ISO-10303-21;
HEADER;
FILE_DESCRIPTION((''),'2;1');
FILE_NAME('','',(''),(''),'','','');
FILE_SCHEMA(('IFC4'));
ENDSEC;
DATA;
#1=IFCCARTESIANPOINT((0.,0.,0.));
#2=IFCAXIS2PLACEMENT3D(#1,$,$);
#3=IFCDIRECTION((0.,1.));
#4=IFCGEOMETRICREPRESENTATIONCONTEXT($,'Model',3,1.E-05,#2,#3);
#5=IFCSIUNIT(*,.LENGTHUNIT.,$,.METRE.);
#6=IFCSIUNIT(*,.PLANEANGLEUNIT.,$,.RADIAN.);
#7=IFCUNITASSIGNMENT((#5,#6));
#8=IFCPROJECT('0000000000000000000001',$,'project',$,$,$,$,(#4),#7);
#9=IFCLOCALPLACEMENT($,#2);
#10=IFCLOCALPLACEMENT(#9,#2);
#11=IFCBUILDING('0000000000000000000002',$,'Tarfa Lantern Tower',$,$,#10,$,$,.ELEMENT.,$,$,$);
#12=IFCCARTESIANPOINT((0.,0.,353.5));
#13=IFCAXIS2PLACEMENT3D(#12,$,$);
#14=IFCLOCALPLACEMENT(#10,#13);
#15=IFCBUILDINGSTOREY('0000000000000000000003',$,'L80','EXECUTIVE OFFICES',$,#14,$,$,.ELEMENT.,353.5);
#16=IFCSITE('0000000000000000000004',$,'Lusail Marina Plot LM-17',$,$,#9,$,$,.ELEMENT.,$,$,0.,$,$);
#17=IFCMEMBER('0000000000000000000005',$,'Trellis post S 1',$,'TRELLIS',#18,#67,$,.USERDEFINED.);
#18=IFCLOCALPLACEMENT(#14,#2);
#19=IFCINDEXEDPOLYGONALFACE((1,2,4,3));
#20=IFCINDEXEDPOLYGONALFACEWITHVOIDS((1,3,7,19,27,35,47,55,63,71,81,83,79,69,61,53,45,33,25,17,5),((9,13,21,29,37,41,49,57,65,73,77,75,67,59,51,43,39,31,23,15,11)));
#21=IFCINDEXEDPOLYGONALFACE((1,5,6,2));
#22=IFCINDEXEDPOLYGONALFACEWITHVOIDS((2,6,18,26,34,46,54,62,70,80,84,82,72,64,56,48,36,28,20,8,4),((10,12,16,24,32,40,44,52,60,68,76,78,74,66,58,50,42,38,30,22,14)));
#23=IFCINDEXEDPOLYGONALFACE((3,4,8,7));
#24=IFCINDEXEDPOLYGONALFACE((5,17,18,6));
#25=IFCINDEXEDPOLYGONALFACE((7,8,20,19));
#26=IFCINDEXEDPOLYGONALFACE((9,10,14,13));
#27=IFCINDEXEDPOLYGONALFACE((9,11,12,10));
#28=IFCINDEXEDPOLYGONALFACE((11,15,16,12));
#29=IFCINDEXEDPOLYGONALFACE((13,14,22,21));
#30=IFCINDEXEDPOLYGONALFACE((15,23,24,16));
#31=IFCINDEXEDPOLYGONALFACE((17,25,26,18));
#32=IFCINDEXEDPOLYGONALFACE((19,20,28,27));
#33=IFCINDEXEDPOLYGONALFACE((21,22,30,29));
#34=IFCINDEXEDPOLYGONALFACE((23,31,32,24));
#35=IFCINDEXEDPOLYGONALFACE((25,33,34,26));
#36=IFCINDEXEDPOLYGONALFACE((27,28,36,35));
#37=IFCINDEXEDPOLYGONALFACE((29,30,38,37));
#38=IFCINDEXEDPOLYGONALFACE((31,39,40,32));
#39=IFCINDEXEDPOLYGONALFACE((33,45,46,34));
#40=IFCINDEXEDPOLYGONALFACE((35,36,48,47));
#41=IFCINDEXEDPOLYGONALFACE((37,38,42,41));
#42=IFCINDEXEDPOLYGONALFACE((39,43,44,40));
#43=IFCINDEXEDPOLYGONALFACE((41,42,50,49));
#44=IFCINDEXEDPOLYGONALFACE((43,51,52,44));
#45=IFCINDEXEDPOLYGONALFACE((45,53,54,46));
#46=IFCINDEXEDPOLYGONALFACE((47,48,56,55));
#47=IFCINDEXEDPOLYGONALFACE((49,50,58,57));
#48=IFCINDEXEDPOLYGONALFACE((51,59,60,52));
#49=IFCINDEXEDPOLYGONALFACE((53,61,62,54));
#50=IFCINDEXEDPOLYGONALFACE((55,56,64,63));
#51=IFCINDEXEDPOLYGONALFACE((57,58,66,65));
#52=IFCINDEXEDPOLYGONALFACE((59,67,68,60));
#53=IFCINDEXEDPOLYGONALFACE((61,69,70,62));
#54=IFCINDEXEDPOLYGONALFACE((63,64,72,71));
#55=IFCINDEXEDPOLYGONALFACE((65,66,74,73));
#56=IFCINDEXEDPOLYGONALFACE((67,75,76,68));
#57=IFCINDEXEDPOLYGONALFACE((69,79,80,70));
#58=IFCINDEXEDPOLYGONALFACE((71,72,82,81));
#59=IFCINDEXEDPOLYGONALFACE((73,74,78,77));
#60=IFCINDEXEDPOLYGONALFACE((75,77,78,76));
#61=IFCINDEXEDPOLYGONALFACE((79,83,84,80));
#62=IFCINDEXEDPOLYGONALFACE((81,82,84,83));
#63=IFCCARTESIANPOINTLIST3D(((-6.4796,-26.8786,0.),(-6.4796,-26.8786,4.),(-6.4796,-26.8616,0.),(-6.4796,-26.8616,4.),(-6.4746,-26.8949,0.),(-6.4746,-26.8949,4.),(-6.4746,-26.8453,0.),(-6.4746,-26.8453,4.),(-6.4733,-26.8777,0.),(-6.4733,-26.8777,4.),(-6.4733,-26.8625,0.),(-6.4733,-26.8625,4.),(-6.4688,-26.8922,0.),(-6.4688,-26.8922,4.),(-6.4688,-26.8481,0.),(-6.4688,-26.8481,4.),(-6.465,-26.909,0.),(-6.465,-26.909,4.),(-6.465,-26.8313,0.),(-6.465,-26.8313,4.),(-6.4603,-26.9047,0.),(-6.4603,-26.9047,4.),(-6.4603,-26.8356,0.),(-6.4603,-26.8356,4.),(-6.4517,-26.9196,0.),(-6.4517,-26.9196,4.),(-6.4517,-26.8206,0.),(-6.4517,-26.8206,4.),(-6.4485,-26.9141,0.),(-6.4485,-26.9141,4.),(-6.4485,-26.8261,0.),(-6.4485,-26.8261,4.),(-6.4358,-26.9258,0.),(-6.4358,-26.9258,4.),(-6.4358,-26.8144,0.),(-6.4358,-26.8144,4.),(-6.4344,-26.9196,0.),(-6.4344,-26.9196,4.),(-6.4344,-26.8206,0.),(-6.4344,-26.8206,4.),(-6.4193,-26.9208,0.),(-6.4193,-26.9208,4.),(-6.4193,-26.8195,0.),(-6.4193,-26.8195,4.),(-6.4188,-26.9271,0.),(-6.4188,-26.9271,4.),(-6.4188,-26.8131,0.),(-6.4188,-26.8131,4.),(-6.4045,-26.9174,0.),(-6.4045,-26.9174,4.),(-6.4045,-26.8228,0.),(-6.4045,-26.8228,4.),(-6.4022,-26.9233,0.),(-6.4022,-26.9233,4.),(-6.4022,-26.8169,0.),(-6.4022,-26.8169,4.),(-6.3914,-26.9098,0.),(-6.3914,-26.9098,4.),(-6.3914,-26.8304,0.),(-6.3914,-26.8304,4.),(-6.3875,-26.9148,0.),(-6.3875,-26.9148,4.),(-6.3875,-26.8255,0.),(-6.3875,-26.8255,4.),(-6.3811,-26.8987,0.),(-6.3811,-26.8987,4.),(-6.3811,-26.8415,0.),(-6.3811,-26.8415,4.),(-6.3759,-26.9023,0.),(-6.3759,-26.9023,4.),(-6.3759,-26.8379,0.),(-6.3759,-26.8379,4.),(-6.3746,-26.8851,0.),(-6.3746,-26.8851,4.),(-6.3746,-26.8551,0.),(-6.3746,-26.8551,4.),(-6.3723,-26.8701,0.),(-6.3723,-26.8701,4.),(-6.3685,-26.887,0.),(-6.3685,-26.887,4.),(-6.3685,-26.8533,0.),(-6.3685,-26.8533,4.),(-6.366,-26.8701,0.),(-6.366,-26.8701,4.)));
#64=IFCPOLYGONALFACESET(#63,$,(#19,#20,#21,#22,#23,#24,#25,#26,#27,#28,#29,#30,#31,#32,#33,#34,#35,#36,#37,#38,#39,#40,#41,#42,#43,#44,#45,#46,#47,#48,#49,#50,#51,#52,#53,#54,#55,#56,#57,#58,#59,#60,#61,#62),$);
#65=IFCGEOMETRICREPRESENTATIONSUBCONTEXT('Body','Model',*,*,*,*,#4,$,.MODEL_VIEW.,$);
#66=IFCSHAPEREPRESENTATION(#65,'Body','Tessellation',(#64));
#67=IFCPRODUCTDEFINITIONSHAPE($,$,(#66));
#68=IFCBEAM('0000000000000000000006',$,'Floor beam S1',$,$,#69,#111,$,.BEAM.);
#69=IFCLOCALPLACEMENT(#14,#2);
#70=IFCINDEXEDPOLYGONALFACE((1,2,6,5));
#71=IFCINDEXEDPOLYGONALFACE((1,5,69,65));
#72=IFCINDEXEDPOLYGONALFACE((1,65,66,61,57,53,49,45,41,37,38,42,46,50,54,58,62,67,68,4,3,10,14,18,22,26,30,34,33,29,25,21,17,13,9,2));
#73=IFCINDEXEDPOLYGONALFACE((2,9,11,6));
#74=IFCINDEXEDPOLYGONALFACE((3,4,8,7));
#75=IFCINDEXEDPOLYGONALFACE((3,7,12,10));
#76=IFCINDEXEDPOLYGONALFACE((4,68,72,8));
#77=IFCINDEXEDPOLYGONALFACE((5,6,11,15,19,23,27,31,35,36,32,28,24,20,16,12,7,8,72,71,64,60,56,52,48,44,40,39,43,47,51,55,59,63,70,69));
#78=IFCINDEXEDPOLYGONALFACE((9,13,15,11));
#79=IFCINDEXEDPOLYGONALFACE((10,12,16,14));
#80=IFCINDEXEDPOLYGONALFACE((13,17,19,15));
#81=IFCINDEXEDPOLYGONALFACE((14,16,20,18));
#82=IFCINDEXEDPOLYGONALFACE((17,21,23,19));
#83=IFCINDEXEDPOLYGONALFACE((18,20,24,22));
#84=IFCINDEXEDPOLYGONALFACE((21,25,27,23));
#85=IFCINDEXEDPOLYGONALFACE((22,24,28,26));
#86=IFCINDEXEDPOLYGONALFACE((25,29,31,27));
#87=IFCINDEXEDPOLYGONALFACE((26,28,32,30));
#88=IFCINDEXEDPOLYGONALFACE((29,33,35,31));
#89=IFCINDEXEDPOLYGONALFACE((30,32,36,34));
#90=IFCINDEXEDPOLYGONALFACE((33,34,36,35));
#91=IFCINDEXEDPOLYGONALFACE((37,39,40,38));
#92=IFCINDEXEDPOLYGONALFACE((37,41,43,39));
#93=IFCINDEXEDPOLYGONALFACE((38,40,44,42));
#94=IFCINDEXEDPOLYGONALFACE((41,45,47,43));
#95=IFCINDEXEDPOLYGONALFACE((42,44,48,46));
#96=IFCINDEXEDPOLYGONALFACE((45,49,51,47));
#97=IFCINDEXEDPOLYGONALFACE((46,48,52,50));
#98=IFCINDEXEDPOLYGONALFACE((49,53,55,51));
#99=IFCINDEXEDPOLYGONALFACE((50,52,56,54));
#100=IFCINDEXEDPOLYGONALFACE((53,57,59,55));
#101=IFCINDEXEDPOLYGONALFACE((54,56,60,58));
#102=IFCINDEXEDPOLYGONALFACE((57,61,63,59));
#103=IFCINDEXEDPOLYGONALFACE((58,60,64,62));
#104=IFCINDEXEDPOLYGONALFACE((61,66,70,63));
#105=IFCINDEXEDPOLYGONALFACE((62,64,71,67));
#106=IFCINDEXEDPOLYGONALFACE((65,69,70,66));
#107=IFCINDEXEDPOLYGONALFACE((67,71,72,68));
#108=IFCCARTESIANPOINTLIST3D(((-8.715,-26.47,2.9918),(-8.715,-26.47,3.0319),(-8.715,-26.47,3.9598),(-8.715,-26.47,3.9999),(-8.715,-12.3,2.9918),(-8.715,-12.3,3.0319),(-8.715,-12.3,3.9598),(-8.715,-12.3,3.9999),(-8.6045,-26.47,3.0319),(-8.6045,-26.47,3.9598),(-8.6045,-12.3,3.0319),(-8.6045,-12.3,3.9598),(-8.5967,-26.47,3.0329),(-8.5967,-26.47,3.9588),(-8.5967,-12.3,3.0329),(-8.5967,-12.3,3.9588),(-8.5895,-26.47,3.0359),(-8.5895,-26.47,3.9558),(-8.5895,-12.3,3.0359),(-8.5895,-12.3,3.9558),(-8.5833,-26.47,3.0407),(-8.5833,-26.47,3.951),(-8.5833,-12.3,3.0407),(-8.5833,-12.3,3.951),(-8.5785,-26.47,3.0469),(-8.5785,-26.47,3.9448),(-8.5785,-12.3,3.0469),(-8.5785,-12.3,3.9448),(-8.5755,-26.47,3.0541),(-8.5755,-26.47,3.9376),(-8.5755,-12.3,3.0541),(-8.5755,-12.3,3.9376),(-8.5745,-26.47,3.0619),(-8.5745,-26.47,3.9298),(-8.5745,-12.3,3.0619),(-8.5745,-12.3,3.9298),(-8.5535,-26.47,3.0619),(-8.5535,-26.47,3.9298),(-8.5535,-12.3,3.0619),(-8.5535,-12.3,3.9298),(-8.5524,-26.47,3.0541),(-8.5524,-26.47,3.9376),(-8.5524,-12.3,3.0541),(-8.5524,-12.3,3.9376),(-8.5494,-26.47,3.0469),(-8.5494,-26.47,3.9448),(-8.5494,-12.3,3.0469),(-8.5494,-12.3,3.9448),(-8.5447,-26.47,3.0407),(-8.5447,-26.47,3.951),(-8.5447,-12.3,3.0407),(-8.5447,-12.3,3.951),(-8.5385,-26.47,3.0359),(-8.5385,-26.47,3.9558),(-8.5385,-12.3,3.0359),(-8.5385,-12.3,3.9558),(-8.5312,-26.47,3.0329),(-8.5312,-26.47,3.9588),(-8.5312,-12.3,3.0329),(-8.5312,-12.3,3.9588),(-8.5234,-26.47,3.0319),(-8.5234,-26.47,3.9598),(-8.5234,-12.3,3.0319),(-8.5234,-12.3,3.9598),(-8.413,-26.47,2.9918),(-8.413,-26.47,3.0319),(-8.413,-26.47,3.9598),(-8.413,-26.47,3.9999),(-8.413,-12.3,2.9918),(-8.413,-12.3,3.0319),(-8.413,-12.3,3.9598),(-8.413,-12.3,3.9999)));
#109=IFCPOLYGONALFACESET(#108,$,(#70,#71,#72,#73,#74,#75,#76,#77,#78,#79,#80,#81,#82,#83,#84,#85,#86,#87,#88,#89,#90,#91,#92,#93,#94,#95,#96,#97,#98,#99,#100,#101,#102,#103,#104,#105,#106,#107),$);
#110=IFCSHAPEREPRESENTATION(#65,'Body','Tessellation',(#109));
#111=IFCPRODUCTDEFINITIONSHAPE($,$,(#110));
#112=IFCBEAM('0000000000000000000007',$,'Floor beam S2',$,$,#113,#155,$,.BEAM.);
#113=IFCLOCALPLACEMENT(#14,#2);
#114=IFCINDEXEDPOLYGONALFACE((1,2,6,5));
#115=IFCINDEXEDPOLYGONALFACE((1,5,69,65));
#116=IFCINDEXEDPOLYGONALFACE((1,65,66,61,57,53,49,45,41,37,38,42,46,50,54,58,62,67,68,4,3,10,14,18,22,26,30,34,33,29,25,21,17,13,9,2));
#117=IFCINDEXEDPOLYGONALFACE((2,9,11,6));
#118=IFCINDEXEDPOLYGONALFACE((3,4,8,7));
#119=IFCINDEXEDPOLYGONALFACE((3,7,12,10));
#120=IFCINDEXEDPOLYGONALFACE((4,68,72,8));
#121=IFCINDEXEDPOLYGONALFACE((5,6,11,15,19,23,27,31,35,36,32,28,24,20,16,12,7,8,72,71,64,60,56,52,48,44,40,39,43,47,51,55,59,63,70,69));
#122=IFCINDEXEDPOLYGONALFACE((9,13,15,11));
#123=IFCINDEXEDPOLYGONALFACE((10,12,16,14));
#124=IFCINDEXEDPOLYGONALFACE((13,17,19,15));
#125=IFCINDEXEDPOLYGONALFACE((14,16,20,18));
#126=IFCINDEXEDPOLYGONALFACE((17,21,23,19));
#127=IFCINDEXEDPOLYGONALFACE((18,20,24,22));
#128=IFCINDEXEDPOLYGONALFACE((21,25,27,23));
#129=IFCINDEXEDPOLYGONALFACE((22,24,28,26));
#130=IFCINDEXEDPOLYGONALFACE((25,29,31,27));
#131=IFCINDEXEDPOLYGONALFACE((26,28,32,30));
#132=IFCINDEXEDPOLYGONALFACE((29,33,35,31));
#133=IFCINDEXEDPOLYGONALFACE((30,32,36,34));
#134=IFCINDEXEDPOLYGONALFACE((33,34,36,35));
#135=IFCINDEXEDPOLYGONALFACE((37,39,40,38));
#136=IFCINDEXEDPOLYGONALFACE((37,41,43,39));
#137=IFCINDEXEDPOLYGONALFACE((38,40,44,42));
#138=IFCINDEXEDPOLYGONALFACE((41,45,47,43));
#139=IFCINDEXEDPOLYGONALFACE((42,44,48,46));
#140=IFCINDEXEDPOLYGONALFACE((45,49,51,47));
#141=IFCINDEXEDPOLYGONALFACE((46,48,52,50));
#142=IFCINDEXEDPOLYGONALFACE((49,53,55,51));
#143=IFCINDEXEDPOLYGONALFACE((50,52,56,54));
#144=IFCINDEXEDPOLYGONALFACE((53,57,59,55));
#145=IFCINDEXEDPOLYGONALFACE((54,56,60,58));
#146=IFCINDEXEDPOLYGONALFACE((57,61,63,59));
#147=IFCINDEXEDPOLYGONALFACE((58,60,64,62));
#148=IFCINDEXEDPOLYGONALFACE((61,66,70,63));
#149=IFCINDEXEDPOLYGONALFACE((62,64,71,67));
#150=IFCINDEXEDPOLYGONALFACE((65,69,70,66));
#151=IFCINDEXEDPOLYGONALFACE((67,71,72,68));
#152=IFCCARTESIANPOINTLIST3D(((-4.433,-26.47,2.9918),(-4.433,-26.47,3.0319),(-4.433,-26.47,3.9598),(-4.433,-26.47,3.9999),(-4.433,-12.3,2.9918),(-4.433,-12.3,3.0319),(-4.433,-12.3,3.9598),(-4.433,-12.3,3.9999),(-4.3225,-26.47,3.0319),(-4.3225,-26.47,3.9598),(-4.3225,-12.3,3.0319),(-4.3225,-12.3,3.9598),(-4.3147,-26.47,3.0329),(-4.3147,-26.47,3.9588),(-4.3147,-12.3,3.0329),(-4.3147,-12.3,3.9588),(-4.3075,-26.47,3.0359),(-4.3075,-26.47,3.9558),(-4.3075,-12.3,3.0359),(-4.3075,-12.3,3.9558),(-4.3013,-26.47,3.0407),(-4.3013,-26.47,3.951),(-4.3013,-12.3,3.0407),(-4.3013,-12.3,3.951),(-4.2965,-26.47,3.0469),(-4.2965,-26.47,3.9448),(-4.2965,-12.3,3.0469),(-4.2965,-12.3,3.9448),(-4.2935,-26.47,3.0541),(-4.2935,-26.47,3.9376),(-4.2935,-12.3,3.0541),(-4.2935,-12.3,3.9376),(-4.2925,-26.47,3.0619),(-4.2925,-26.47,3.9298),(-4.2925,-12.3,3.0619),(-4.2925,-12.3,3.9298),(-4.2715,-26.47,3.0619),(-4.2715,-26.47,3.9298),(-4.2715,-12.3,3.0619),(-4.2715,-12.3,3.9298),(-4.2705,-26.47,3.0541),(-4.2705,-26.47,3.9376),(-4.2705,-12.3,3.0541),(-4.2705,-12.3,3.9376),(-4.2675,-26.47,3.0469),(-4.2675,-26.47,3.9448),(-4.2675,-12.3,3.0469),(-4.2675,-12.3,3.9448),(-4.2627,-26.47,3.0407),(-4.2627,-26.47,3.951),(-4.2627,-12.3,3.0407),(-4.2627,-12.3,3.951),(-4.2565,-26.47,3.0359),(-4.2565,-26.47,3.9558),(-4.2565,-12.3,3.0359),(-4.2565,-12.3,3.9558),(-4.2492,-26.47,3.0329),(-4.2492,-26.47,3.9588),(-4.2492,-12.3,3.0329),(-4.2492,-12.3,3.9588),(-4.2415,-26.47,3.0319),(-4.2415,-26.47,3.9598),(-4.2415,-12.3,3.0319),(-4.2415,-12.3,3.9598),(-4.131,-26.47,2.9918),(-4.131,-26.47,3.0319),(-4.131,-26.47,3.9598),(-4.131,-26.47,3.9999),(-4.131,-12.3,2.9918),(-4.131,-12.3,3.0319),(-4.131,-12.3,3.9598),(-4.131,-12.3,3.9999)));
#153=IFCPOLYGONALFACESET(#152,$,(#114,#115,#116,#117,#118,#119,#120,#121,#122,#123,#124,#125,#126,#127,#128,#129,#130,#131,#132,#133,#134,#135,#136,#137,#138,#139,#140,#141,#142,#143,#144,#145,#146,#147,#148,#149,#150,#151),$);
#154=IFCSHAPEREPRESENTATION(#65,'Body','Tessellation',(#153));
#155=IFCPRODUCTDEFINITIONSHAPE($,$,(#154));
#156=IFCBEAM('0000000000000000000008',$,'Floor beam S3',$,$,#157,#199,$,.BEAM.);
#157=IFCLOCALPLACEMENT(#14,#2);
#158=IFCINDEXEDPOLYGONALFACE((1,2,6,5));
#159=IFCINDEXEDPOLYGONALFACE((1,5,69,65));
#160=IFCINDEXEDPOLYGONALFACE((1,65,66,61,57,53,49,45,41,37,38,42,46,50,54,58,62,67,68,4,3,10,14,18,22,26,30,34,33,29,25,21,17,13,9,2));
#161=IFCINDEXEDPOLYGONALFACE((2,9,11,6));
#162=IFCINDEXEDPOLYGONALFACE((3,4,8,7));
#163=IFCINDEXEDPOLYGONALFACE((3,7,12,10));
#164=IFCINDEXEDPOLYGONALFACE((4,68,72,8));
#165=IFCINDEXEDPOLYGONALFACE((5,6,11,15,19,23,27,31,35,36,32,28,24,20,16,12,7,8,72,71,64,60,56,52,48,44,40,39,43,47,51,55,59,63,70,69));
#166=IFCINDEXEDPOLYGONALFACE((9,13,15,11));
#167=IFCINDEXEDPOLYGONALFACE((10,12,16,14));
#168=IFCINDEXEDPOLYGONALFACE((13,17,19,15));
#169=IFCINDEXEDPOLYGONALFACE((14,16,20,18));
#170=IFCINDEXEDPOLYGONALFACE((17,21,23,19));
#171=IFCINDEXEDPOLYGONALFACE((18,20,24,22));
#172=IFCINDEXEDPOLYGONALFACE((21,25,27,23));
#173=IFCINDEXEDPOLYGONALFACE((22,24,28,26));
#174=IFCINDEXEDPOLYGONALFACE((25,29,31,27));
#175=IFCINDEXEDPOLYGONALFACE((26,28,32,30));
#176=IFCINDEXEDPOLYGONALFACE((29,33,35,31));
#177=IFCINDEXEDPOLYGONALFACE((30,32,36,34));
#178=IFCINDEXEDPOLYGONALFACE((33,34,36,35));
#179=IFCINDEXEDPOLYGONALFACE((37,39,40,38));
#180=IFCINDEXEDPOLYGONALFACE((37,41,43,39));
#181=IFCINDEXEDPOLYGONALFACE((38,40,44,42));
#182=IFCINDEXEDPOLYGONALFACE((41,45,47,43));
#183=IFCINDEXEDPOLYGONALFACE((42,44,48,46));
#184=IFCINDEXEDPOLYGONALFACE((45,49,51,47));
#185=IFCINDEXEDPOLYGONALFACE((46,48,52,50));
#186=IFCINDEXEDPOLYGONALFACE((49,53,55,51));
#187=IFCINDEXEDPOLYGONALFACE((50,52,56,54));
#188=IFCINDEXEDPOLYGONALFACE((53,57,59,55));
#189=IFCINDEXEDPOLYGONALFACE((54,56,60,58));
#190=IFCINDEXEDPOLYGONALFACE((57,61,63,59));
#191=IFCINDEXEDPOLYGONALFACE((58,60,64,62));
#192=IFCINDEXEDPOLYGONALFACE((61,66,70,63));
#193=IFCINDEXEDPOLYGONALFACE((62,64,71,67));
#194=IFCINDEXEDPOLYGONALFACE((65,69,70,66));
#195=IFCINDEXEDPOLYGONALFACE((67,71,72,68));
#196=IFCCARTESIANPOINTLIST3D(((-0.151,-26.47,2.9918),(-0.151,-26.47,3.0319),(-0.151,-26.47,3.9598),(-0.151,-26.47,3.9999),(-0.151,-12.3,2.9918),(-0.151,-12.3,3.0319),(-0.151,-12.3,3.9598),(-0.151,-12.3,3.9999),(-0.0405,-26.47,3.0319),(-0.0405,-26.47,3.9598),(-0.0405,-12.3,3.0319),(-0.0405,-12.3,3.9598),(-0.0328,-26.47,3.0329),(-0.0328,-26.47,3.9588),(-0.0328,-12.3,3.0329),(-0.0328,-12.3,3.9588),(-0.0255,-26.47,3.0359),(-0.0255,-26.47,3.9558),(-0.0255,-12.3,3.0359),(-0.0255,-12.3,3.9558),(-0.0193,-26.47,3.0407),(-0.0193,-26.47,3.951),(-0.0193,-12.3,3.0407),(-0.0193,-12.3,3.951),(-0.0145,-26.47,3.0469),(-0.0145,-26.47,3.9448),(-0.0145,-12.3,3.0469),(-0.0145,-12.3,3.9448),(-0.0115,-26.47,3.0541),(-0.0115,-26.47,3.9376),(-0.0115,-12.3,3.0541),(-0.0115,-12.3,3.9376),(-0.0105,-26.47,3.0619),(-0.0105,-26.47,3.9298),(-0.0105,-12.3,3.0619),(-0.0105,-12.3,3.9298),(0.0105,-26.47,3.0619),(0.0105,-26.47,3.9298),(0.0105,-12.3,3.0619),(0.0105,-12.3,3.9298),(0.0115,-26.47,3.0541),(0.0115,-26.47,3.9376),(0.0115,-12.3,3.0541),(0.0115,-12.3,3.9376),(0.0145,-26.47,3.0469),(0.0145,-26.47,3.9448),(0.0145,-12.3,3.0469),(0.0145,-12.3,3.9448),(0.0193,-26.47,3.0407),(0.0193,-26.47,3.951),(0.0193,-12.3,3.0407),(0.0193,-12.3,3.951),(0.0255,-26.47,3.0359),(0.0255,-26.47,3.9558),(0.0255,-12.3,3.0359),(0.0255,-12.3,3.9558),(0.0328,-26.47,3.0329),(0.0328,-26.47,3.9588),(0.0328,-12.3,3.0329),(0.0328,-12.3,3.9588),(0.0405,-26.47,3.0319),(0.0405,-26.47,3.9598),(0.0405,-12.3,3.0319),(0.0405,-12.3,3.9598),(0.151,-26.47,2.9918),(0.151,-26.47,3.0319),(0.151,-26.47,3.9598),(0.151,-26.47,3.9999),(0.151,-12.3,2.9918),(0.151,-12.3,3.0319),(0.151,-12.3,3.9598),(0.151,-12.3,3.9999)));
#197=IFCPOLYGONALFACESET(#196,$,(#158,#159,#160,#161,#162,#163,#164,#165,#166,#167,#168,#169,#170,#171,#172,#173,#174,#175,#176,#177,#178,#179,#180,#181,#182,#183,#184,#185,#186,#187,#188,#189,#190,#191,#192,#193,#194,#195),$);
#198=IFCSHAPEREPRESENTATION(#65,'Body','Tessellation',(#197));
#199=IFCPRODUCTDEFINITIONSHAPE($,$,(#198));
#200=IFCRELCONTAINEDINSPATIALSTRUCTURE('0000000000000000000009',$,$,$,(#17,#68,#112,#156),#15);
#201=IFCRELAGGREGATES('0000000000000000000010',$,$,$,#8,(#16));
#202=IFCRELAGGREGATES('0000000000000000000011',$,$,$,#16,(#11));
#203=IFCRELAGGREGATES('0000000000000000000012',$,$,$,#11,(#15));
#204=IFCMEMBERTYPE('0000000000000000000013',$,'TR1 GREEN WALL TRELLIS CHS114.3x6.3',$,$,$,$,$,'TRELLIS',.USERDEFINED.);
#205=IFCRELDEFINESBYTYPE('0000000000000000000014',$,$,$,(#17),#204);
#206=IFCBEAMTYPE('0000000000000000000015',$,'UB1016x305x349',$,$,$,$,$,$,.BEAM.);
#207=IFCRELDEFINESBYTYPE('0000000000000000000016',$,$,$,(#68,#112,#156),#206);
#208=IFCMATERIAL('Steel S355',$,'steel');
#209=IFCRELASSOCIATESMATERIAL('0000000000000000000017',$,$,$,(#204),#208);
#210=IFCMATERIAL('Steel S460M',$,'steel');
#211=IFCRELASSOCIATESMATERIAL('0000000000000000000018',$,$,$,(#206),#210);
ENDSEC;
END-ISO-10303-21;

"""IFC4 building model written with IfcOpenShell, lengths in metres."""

from ifc_helpers import new_model, si_unit, direction, frame, origin, origin_2d, place, context, subcontext, project, spatial, hollow_circle, i_section, extrude, material, material_profile, profile_set, type_object, element, save


model = new_model("IFC4")

# Units and contexts
model_context = context("Model", 3, precision=1e-05, world=origin(), true_north=direction((0.0, 1.0)))
body_context = subcontext(model_context, "Body", "Model", "MODEL_VIEW")
ifc_project = project(units=[si_unit("LENGTHUNIT", "METRE"), si_unit("PLANEANGLEUNIT", "RADIAN")], contexts=[model_context])

# Site, building, storey
site_placement = place(None, origin())
site = spatial("IfcSite", under=ifc_project, at=site_placement, Name="Lusail Marina Plot LM-17", CompositionType="ELEMENT", RefElevation=0.0)
building_placement = place(site_placement, origin())
building = spatial("IfcBuilding", under=site, at=building_placement, Name="Tarfa Lantern Tower", CompositionType="ELEMENT")
storey_placement = place(building_placement, frame((0.0, 0.0, 353.5)))
storey = spatial("IfcBuildingStorey", under=building, at=storey_placement, Name="L80", Description="EXECUTIVE OFFICES", CompositionType="ELEMENT", Elevation=353.5)

# Member
ifc_material_1 = material(Name="Steel S355", Category="steel")
ifc_material_profile_1 = material_profile(ifc_material_1, hollow_circle(Radius=0.0571, WallThickness=0.0063, at=origin_2d()), Name="CHS114.3x6.3")
ifc_profile_set_1 = profile_set([ifc_material_profile_1], Name="Steel S355")
member_type_1 = type_object("IfcMemberType", Name="TR1 GREEN WALL TRELLIS CHS114.3x6.3", ElementType="TRELLIS", PredefinedType="USERDEFINED", material=ifc_profile_set_1)
member_1_placement = place(storey_placement, frame((-6.4231, -26.8701, 0.0), z_axis=(0.0, 0.0, 1.0), x_axis=(1.0, 0.0, 0.0)))
element("IfcMember", 1, at=member_1_placement, inside=storey, type_object=member_type_1, Name="Trellis post S 1", ObjectType="TRELLIS", PredefinedType="USERDEFINED", context=body_context, shape_type="SweptSolid", body=[
    extrude(hollow_circle(Radius=0.0571, WallThickness=0.0063, at=origin_2d()), origin(), (0.0, 0.0, 1.0), 4.0),
])

# Beams
ifc_material_2 = material(Name="Steel S460M", Category="steel")
ifc_material_profile_2 = material_profile(ifc_material_2, i_section(OverallWidth=0.302, OverallDepth=1.0081, WebThickness=0.021, FlangeThickness=0.04, FilletRadius=0.03, at=origin_2d()), Name="UB1016x305x349")
ifc_profile_set_2 = profile_set([ifc_material_profile_2], Name="Steel S460M")
beam_type_1 = type_object("IfcBeamType", Name="UB1016x305x349", PredefinedType="BEAM", material=ifc_profile_set_2)
for number, where, z_axis, x_axis, name in (
    (2, (-8.564, -26.47, 3.4958), (0.0, 1.0, 0.0), (-1.0, 0.0, 0.0), "Floor beam S1"),
    (3, (-4.282, -26.47, 3.4958), (0.0, 1.0, 0.0), (-1.0, 0.0, 0.0), "Floor beam S2"),
    (4, (0.0, -26.47, 3.4958), (0.0, 1.0, 0.0), (-1.0, 0.0, 0.0), "Floor beam S3"),
):
    element("IfcBeam", number, at=place(storey_placement, frame(where, z_axis=z_axis, x_axis=x_axis)), inside=storey, type_object=beam_type_1, Name=name, PredefinedType="BEAM", context=body_context, shape_type="SweptSolid", body=[
        extrude(i_section(OverallWidth=0.302, OverallDepth=1.0081, WebThickness=0.021, FlangeThickness=0.04, FilletRadius=0.03, at=origin_2d()), origin(), (0.0, 0.0, 1.0), 14.1699),
    ])

save(model, "model.ifc")
